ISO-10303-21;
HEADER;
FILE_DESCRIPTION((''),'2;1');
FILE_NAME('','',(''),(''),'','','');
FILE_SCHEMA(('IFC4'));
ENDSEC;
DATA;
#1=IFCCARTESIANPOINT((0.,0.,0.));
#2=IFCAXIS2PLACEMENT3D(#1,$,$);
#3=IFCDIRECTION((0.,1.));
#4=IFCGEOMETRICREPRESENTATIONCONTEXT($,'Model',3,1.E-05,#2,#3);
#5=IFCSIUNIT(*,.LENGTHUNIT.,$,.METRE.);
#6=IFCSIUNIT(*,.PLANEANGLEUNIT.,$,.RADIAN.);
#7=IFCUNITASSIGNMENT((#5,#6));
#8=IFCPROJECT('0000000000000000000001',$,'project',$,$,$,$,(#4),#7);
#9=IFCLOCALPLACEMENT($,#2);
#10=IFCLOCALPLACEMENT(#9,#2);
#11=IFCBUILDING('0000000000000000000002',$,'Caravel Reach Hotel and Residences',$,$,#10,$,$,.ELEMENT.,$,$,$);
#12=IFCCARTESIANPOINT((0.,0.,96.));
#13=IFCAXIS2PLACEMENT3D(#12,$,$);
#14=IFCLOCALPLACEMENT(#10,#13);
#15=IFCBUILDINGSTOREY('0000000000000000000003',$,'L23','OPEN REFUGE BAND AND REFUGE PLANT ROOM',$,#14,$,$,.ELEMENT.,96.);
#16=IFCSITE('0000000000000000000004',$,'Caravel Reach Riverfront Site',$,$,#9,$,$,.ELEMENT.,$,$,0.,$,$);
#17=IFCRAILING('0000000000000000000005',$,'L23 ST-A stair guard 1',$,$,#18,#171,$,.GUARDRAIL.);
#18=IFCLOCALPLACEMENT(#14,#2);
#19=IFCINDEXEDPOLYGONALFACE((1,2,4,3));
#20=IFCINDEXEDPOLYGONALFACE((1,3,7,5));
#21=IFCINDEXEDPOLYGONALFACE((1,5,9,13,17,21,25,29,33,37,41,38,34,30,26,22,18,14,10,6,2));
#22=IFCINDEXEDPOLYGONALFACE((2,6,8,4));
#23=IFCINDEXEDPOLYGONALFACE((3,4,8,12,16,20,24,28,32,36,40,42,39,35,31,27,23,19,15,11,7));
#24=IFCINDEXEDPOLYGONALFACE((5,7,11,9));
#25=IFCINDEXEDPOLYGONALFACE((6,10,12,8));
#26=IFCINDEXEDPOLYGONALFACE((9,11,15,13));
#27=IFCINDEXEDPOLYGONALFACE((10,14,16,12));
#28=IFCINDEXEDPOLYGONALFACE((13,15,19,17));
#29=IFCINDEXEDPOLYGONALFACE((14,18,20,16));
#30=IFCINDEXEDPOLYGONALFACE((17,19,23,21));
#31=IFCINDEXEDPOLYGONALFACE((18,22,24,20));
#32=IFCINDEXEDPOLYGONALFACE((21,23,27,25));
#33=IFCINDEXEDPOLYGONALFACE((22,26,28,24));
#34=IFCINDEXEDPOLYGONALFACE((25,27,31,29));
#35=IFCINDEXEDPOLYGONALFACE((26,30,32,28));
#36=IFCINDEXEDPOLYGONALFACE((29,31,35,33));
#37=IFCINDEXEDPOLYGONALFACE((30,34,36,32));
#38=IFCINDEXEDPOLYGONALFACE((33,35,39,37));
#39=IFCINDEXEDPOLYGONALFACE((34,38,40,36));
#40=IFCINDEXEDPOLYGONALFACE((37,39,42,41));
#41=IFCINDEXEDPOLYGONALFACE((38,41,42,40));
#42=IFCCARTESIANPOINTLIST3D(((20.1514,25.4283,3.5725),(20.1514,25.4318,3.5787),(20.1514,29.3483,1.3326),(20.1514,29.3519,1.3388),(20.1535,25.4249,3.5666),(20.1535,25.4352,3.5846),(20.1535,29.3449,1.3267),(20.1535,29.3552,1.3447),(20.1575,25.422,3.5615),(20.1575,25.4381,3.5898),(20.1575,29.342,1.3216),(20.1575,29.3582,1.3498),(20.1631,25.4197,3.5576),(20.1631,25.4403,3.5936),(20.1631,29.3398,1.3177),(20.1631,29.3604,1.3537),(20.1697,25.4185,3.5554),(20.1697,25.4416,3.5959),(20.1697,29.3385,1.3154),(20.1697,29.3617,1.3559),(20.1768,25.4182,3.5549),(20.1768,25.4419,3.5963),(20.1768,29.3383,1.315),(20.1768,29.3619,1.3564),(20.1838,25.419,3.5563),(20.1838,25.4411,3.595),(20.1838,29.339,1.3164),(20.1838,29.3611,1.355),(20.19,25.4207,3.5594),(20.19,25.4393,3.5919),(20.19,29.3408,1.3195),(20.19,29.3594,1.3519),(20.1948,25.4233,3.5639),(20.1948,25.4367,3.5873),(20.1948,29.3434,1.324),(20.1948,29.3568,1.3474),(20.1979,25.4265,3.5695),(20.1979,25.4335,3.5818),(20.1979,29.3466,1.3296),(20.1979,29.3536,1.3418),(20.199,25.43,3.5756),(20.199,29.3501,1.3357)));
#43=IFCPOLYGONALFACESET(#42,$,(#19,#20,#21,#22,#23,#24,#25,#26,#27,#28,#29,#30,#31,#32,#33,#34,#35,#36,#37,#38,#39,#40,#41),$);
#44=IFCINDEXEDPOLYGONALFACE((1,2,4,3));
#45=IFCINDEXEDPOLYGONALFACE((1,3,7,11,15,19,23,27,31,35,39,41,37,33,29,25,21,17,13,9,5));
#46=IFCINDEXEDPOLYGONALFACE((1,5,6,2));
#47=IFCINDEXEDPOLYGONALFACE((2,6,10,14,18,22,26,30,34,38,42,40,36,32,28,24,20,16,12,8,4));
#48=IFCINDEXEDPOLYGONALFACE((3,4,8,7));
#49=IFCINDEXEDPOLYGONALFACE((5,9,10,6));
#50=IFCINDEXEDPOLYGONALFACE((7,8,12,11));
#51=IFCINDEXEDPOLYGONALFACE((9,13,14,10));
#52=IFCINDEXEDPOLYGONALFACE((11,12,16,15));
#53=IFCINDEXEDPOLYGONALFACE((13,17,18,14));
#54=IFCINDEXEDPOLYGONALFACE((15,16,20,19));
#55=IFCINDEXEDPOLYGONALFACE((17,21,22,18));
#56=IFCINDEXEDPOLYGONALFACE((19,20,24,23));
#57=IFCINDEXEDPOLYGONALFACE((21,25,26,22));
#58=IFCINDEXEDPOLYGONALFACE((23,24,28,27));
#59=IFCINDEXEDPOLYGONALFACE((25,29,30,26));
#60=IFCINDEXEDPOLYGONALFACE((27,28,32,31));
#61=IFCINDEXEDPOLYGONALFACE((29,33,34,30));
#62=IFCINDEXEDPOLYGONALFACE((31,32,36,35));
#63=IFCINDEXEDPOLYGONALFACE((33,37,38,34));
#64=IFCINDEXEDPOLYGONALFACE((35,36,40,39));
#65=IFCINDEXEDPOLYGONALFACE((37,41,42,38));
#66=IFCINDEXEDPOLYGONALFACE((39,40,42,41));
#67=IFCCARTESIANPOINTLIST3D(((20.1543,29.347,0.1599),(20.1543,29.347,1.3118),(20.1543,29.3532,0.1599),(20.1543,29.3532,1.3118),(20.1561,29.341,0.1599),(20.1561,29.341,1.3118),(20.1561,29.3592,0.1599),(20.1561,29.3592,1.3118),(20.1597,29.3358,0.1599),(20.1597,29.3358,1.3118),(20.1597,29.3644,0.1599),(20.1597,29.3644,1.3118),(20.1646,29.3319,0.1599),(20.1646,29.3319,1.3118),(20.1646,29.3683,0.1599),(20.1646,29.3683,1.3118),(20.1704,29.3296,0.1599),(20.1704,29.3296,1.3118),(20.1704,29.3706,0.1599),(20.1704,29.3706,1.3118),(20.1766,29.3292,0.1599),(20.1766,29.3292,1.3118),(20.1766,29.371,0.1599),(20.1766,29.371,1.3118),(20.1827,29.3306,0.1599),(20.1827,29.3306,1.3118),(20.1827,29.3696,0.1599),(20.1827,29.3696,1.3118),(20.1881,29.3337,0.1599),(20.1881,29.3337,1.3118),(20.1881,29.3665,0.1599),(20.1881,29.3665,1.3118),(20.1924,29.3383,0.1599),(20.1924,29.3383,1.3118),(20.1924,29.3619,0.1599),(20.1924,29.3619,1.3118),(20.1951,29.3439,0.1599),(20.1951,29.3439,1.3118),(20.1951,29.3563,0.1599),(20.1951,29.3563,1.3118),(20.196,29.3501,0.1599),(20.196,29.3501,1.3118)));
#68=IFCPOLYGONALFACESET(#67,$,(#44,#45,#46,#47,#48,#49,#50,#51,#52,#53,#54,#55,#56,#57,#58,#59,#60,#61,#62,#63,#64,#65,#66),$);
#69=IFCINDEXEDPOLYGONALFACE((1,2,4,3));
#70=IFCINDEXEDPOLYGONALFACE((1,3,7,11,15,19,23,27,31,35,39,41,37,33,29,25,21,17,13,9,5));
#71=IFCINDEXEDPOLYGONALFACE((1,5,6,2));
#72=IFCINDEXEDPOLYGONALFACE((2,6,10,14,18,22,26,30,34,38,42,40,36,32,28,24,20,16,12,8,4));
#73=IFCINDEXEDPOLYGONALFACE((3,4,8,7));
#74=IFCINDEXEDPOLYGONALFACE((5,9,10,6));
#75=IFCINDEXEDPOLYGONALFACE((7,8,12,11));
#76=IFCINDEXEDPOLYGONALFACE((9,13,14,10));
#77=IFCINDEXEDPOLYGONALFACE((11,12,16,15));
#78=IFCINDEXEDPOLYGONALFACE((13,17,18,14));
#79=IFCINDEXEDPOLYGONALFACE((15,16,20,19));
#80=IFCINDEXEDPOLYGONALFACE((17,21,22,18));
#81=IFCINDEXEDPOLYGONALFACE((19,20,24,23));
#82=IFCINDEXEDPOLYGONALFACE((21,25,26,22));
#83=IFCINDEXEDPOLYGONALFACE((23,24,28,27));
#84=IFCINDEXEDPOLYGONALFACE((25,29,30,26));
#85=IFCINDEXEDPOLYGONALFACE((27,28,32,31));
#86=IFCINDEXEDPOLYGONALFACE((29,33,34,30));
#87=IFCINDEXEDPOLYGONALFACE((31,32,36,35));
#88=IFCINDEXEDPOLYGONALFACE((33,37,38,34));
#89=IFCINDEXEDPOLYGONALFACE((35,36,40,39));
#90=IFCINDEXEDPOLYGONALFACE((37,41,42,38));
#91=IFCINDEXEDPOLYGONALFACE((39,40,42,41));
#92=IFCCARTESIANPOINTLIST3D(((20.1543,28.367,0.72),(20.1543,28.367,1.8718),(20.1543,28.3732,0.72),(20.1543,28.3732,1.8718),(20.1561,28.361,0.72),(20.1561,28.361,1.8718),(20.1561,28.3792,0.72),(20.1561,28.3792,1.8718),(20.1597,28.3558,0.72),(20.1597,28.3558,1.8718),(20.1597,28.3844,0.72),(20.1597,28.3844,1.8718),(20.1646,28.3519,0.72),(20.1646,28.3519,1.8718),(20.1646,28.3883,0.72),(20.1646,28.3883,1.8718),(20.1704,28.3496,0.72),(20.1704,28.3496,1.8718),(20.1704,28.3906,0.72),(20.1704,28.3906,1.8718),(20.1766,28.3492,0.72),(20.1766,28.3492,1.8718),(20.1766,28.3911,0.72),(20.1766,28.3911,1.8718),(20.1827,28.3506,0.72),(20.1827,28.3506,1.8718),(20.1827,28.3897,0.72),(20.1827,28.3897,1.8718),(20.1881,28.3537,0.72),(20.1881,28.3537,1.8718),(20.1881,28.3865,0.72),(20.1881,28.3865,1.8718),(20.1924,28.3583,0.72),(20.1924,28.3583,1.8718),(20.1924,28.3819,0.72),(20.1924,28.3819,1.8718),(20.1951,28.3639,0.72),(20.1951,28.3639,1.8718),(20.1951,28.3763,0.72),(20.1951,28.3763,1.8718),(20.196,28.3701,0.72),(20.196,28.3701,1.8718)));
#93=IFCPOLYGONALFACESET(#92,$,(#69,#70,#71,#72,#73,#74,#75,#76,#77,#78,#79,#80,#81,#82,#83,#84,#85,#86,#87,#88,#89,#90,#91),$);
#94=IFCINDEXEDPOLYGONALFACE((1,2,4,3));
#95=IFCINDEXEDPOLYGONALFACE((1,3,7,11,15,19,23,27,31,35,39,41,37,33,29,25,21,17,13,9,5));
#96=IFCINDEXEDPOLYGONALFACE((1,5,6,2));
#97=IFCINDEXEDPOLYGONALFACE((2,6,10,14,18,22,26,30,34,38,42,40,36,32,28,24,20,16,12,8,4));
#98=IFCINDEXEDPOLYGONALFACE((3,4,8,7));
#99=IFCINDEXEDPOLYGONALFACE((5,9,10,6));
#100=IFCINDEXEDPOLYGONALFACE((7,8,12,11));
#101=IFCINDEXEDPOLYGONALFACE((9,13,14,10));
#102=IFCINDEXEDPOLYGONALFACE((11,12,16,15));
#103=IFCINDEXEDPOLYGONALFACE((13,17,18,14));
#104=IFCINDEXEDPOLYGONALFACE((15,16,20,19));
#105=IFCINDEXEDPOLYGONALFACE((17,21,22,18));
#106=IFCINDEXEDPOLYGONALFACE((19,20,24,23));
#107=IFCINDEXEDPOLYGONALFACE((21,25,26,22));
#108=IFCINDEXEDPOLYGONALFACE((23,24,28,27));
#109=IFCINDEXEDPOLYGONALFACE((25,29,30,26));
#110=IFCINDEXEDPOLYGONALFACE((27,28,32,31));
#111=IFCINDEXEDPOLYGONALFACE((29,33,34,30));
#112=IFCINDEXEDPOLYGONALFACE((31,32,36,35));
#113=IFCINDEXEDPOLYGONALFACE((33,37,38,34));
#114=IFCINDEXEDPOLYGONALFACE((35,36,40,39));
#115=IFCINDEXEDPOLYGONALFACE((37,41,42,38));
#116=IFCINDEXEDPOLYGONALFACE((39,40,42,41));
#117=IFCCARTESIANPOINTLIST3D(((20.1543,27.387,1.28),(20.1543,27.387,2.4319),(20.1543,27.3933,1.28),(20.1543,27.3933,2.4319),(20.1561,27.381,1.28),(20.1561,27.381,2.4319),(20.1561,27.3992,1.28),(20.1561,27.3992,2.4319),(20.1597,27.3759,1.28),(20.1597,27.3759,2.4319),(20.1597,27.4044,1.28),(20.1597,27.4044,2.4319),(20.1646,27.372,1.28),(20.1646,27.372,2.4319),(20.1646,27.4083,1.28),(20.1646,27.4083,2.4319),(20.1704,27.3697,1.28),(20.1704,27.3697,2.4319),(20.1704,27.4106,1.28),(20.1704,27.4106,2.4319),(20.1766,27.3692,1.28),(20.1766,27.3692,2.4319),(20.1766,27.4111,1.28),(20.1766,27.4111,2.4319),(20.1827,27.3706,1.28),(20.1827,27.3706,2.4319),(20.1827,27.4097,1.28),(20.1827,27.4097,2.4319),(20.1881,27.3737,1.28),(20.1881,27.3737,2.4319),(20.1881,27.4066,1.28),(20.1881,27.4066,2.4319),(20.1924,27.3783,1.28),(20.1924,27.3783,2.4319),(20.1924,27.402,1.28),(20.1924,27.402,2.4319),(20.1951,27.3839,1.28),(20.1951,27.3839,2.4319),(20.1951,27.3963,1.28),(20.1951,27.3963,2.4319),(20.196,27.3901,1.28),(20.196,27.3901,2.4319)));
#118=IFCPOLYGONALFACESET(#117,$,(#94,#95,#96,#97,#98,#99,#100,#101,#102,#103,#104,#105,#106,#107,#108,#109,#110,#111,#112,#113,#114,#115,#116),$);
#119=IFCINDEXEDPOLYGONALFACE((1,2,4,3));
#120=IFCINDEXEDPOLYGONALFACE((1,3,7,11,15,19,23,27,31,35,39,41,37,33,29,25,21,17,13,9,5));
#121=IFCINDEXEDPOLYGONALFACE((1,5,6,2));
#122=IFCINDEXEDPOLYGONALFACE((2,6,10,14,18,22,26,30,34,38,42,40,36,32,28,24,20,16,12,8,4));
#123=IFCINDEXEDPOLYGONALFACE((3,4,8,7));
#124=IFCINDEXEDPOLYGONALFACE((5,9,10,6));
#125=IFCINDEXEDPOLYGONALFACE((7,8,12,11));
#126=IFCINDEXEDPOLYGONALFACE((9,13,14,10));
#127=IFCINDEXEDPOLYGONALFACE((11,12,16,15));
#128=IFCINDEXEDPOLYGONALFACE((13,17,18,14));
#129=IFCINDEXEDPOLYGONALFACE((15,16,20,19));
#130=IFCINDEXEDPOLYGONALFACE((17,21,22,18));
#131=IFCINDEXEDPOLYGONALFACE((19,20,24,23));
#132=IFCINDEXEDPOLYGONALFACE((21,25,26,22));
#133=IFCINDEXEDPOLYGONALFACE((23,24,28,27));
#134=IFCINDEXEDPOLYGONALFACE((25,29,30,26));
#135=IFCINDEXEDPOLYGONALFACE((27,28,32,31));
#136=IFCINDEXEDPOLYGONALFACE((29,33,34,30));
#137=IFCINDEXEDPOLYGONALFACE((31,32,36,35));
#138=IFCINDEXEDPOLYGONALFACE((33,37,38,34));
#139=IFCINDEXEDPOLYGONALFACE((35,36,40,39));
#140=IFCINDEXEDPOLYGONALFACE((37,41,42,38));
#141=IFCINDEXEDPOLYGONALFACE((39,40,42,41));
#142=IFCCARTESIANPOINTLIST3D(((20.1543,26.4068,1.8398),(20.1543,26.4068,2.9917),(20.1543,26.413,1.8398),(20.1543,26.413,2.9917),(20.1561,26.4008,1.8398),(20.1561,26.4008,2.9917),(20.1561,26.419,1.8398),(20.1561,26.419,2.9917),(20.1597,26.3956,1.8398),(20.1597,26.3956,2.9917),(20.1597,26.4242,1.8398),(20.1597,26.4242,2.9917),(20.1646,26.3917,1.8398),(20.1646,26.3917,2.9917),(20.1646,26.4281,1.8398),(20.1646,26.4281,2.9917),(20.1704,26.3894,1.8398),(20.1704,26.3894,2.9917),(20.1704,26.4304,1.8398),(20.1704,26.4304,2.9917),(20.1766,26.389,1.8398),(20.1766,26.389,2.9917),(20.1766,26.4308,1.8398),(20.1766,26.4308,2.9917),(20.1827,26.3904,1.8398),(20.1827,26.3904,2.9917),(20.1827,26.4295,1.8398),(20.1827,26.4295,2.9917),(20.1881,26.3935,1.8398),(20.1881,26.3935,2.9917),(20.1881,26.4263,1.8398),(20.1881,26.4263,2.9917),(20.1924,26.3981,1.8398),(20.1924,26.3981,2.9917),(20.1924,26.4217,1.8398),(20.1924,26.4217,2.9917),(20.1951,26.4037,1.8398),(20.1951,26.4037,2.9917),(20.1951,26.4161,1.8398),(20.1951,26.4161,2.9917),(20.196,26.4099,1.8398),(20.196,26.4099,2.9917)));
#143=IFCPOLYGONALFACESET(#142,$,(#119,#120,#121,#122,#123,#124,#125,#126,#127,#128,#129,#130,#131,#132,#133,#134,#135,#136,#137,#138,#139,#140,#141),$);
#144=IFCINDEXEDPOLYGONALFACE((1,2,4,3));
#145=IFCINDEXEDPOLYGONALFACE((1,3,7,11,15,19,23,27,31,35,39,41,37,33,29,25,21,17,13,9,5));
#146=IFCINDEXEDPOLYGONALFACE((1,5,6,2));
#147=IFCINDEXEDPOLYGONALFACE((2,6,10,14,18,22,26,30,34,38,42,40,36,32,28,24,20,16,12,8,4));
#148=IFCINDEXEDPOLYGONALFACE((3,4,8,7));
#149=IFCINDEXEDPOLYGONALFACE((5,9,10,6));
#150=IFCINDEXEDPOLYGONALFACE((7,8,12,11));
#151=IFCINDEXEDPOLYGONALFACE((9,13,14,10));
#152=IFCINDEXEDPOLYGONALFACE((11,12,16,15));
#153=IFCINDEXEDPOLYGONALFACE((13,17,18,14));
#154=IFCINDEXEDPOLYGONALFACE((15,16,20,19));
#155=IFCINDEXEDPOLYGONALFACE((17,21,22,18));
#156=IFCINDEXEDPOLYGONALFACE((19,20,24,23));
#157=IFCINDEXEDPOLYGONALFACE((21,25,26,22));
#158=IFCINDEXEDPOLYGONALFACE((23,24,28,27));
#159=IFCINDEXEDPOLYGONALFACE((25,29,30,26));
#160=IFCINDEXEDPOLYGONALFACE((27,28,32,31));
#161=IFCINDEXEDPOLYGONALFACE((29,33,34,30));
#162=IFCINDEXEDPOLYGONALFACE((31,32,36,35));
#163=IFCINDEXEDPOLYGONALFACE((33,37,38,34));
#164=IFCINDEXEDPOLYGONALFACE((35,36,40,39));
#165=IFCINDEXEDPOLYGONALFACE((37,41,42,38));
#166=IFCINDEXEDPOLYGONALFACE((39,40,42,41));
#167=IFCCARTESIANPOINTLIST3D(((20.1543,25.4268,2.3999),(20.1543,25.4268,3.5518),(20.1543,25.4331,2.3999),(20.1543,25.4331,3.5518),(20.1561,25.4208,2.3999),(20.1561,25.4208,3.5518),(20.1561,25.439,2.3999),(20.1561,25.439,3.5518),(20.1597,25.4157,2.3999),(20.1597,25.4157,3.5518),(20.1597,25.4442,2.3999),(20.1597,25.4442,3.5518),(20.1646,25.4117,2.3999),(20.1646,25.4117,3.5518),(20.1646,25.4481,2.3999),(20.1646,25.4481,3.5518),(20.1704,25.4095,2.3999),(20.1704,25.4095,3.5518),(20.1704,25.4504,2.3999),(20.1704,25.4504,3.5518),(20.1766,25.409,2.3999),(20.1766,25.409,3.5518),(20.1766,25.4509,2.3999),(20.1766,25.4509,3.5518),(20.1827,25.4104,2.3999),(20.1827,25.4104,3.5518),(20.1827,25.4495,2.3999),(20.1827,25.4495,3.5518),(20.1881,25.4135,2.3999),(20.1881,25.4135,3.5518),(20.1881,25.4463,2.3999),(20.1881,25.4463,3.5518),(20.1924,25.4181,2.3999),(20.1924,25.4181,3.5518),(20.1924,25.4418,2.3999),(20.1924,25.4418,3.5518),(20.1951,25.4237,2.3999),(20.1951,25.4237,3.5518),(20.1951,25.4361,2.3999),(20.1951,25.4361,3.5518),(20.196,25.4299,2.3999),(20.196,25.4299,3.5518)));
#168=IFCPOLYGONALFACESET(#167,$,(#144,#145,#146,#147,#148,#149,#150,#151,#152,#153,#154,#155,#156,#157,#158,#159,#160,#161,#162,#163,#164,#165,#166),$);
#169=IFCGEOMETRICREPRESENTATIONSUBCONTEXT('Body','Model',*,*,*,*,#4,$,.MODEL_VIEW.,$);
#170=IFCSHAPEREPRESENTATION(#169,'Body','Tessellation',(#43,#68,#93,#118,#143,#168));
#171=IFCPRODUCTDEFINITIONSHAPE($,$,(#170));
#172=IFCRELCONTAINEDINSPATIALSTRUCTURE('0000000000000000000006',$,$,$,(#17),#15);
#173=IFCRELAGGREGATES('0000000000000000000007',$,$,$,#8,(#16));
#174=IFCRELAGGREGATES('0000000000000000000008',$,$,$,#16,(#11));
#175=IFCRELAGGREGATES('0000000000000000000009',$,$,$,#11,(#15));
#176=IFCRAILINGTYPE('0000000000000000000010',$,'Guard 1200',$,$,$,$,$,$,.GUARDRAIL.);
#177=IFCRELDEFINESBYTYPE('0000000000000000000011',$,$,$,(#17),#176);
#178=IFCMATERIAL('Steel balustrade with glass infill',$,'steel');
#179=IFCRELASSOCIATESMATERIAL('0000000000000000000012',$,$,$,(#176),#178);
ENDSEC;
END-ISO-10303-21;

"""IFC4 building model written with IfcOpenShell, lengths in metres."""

from ifc_helpers import new_model, si_unit, direction, frame, origin, origin_2d, place, context, subcontext, project, spatial, circle, extrude, material, type_object, element, save


model = new_model("IFC4")

# Units and contexts
model_context = context("Model", 3, precision=1e-05, world=origin(), true_north=direction((0.0, 1.0)))
body_context = subcontext(model_context, "Body", "Model", "MODEL_VIEW")
ifc_project = project(units=[si_unit("LENGTHUNIT", "METRE"), si_unit("PLANEANGLEUNIT", "RADIAN")], contexts=[model_context])

# Site, building, storey
site_placement = place(None, origin())
site = spatial("IfcSite", under=ifc_project, at=site_placement, Name="Caravel Reach Riverfront Site", CompositionType="ELEMENT", RefElevation=0.0)
building_placement = place(site_placement, origin())
building = spatial("IfcBuilding", under=site, at=building_placement, Name="Caravel Reach Hotel and Residences", CompositionType="ELEMENT")
storey_placement = place(building_placement, frame((0.0, 0.0, 96.0)))
storey = spatial("IfcBuildingStorey", under=building, at=storey_placement, Name="L23", Description="OPEN REFUGE BAND AND REFUGE PLANT ROOM", CompositionType="ELEMENT", Elevation=96.0)

# Railing
ifc_material_1 = material(Name="Steel balustrade with glass infill", Category="steel")
railing_type_1 = type_object("IfcRailingType", Name="Guard 1200", PredefinedType="GUARDRAIL", material=ifc_material_1)
railing_1_placement = place(storey_placement, frame((20.175, 29.3501, 0.1599)))
element("IfcRailing", 1, at=railing_1_placement, inside=storey, type_object=railing_type_1, Name="L23 ST-A stair guard 1", PredefinedType="GUARDRAIL", context=body_context, shape_type="SweptSolid", body=[
    extrude(circle(Radius=0.0239, at=origin_2d()), frame((0.0, 0.0, 1.1758), z_axis=(0.0, -0.868253, 0.496121), x_axis=(1.0, 0.0, 0.0)), (0.0, 0.0, 1.0), 4.5149),
    extrude(circle(Radius=0.021, at=origin_2d()), origin(), (0.0, 0.0, 1.0), 1.1519),
    extrude(circle(Radius=0.021, at=origin_2d()), frame((0.0, -0.98, 0.5601)), (0.0, 0.0, 1.0), 1.1519),
    extrude(circle(Radius=0.021, at=origin_2d()), frame((0.0, -1.96, 1.1201)), (0.0, 0.0, 1.0), 1.1519),
    extrude(circle(Radius=0.021, at=origin_2d()), frame((0.0, -2.9402, 1.6799)), (0.0, 0.0, 1.0), 1.1519),
    extrude(circle(Radius=0.021, at=origin_2d()), frame((0.0, -3.9202, 2.24)), (0.0, 0.0, 1.0), 1.1519),
])

save(model, "model.ifc")
